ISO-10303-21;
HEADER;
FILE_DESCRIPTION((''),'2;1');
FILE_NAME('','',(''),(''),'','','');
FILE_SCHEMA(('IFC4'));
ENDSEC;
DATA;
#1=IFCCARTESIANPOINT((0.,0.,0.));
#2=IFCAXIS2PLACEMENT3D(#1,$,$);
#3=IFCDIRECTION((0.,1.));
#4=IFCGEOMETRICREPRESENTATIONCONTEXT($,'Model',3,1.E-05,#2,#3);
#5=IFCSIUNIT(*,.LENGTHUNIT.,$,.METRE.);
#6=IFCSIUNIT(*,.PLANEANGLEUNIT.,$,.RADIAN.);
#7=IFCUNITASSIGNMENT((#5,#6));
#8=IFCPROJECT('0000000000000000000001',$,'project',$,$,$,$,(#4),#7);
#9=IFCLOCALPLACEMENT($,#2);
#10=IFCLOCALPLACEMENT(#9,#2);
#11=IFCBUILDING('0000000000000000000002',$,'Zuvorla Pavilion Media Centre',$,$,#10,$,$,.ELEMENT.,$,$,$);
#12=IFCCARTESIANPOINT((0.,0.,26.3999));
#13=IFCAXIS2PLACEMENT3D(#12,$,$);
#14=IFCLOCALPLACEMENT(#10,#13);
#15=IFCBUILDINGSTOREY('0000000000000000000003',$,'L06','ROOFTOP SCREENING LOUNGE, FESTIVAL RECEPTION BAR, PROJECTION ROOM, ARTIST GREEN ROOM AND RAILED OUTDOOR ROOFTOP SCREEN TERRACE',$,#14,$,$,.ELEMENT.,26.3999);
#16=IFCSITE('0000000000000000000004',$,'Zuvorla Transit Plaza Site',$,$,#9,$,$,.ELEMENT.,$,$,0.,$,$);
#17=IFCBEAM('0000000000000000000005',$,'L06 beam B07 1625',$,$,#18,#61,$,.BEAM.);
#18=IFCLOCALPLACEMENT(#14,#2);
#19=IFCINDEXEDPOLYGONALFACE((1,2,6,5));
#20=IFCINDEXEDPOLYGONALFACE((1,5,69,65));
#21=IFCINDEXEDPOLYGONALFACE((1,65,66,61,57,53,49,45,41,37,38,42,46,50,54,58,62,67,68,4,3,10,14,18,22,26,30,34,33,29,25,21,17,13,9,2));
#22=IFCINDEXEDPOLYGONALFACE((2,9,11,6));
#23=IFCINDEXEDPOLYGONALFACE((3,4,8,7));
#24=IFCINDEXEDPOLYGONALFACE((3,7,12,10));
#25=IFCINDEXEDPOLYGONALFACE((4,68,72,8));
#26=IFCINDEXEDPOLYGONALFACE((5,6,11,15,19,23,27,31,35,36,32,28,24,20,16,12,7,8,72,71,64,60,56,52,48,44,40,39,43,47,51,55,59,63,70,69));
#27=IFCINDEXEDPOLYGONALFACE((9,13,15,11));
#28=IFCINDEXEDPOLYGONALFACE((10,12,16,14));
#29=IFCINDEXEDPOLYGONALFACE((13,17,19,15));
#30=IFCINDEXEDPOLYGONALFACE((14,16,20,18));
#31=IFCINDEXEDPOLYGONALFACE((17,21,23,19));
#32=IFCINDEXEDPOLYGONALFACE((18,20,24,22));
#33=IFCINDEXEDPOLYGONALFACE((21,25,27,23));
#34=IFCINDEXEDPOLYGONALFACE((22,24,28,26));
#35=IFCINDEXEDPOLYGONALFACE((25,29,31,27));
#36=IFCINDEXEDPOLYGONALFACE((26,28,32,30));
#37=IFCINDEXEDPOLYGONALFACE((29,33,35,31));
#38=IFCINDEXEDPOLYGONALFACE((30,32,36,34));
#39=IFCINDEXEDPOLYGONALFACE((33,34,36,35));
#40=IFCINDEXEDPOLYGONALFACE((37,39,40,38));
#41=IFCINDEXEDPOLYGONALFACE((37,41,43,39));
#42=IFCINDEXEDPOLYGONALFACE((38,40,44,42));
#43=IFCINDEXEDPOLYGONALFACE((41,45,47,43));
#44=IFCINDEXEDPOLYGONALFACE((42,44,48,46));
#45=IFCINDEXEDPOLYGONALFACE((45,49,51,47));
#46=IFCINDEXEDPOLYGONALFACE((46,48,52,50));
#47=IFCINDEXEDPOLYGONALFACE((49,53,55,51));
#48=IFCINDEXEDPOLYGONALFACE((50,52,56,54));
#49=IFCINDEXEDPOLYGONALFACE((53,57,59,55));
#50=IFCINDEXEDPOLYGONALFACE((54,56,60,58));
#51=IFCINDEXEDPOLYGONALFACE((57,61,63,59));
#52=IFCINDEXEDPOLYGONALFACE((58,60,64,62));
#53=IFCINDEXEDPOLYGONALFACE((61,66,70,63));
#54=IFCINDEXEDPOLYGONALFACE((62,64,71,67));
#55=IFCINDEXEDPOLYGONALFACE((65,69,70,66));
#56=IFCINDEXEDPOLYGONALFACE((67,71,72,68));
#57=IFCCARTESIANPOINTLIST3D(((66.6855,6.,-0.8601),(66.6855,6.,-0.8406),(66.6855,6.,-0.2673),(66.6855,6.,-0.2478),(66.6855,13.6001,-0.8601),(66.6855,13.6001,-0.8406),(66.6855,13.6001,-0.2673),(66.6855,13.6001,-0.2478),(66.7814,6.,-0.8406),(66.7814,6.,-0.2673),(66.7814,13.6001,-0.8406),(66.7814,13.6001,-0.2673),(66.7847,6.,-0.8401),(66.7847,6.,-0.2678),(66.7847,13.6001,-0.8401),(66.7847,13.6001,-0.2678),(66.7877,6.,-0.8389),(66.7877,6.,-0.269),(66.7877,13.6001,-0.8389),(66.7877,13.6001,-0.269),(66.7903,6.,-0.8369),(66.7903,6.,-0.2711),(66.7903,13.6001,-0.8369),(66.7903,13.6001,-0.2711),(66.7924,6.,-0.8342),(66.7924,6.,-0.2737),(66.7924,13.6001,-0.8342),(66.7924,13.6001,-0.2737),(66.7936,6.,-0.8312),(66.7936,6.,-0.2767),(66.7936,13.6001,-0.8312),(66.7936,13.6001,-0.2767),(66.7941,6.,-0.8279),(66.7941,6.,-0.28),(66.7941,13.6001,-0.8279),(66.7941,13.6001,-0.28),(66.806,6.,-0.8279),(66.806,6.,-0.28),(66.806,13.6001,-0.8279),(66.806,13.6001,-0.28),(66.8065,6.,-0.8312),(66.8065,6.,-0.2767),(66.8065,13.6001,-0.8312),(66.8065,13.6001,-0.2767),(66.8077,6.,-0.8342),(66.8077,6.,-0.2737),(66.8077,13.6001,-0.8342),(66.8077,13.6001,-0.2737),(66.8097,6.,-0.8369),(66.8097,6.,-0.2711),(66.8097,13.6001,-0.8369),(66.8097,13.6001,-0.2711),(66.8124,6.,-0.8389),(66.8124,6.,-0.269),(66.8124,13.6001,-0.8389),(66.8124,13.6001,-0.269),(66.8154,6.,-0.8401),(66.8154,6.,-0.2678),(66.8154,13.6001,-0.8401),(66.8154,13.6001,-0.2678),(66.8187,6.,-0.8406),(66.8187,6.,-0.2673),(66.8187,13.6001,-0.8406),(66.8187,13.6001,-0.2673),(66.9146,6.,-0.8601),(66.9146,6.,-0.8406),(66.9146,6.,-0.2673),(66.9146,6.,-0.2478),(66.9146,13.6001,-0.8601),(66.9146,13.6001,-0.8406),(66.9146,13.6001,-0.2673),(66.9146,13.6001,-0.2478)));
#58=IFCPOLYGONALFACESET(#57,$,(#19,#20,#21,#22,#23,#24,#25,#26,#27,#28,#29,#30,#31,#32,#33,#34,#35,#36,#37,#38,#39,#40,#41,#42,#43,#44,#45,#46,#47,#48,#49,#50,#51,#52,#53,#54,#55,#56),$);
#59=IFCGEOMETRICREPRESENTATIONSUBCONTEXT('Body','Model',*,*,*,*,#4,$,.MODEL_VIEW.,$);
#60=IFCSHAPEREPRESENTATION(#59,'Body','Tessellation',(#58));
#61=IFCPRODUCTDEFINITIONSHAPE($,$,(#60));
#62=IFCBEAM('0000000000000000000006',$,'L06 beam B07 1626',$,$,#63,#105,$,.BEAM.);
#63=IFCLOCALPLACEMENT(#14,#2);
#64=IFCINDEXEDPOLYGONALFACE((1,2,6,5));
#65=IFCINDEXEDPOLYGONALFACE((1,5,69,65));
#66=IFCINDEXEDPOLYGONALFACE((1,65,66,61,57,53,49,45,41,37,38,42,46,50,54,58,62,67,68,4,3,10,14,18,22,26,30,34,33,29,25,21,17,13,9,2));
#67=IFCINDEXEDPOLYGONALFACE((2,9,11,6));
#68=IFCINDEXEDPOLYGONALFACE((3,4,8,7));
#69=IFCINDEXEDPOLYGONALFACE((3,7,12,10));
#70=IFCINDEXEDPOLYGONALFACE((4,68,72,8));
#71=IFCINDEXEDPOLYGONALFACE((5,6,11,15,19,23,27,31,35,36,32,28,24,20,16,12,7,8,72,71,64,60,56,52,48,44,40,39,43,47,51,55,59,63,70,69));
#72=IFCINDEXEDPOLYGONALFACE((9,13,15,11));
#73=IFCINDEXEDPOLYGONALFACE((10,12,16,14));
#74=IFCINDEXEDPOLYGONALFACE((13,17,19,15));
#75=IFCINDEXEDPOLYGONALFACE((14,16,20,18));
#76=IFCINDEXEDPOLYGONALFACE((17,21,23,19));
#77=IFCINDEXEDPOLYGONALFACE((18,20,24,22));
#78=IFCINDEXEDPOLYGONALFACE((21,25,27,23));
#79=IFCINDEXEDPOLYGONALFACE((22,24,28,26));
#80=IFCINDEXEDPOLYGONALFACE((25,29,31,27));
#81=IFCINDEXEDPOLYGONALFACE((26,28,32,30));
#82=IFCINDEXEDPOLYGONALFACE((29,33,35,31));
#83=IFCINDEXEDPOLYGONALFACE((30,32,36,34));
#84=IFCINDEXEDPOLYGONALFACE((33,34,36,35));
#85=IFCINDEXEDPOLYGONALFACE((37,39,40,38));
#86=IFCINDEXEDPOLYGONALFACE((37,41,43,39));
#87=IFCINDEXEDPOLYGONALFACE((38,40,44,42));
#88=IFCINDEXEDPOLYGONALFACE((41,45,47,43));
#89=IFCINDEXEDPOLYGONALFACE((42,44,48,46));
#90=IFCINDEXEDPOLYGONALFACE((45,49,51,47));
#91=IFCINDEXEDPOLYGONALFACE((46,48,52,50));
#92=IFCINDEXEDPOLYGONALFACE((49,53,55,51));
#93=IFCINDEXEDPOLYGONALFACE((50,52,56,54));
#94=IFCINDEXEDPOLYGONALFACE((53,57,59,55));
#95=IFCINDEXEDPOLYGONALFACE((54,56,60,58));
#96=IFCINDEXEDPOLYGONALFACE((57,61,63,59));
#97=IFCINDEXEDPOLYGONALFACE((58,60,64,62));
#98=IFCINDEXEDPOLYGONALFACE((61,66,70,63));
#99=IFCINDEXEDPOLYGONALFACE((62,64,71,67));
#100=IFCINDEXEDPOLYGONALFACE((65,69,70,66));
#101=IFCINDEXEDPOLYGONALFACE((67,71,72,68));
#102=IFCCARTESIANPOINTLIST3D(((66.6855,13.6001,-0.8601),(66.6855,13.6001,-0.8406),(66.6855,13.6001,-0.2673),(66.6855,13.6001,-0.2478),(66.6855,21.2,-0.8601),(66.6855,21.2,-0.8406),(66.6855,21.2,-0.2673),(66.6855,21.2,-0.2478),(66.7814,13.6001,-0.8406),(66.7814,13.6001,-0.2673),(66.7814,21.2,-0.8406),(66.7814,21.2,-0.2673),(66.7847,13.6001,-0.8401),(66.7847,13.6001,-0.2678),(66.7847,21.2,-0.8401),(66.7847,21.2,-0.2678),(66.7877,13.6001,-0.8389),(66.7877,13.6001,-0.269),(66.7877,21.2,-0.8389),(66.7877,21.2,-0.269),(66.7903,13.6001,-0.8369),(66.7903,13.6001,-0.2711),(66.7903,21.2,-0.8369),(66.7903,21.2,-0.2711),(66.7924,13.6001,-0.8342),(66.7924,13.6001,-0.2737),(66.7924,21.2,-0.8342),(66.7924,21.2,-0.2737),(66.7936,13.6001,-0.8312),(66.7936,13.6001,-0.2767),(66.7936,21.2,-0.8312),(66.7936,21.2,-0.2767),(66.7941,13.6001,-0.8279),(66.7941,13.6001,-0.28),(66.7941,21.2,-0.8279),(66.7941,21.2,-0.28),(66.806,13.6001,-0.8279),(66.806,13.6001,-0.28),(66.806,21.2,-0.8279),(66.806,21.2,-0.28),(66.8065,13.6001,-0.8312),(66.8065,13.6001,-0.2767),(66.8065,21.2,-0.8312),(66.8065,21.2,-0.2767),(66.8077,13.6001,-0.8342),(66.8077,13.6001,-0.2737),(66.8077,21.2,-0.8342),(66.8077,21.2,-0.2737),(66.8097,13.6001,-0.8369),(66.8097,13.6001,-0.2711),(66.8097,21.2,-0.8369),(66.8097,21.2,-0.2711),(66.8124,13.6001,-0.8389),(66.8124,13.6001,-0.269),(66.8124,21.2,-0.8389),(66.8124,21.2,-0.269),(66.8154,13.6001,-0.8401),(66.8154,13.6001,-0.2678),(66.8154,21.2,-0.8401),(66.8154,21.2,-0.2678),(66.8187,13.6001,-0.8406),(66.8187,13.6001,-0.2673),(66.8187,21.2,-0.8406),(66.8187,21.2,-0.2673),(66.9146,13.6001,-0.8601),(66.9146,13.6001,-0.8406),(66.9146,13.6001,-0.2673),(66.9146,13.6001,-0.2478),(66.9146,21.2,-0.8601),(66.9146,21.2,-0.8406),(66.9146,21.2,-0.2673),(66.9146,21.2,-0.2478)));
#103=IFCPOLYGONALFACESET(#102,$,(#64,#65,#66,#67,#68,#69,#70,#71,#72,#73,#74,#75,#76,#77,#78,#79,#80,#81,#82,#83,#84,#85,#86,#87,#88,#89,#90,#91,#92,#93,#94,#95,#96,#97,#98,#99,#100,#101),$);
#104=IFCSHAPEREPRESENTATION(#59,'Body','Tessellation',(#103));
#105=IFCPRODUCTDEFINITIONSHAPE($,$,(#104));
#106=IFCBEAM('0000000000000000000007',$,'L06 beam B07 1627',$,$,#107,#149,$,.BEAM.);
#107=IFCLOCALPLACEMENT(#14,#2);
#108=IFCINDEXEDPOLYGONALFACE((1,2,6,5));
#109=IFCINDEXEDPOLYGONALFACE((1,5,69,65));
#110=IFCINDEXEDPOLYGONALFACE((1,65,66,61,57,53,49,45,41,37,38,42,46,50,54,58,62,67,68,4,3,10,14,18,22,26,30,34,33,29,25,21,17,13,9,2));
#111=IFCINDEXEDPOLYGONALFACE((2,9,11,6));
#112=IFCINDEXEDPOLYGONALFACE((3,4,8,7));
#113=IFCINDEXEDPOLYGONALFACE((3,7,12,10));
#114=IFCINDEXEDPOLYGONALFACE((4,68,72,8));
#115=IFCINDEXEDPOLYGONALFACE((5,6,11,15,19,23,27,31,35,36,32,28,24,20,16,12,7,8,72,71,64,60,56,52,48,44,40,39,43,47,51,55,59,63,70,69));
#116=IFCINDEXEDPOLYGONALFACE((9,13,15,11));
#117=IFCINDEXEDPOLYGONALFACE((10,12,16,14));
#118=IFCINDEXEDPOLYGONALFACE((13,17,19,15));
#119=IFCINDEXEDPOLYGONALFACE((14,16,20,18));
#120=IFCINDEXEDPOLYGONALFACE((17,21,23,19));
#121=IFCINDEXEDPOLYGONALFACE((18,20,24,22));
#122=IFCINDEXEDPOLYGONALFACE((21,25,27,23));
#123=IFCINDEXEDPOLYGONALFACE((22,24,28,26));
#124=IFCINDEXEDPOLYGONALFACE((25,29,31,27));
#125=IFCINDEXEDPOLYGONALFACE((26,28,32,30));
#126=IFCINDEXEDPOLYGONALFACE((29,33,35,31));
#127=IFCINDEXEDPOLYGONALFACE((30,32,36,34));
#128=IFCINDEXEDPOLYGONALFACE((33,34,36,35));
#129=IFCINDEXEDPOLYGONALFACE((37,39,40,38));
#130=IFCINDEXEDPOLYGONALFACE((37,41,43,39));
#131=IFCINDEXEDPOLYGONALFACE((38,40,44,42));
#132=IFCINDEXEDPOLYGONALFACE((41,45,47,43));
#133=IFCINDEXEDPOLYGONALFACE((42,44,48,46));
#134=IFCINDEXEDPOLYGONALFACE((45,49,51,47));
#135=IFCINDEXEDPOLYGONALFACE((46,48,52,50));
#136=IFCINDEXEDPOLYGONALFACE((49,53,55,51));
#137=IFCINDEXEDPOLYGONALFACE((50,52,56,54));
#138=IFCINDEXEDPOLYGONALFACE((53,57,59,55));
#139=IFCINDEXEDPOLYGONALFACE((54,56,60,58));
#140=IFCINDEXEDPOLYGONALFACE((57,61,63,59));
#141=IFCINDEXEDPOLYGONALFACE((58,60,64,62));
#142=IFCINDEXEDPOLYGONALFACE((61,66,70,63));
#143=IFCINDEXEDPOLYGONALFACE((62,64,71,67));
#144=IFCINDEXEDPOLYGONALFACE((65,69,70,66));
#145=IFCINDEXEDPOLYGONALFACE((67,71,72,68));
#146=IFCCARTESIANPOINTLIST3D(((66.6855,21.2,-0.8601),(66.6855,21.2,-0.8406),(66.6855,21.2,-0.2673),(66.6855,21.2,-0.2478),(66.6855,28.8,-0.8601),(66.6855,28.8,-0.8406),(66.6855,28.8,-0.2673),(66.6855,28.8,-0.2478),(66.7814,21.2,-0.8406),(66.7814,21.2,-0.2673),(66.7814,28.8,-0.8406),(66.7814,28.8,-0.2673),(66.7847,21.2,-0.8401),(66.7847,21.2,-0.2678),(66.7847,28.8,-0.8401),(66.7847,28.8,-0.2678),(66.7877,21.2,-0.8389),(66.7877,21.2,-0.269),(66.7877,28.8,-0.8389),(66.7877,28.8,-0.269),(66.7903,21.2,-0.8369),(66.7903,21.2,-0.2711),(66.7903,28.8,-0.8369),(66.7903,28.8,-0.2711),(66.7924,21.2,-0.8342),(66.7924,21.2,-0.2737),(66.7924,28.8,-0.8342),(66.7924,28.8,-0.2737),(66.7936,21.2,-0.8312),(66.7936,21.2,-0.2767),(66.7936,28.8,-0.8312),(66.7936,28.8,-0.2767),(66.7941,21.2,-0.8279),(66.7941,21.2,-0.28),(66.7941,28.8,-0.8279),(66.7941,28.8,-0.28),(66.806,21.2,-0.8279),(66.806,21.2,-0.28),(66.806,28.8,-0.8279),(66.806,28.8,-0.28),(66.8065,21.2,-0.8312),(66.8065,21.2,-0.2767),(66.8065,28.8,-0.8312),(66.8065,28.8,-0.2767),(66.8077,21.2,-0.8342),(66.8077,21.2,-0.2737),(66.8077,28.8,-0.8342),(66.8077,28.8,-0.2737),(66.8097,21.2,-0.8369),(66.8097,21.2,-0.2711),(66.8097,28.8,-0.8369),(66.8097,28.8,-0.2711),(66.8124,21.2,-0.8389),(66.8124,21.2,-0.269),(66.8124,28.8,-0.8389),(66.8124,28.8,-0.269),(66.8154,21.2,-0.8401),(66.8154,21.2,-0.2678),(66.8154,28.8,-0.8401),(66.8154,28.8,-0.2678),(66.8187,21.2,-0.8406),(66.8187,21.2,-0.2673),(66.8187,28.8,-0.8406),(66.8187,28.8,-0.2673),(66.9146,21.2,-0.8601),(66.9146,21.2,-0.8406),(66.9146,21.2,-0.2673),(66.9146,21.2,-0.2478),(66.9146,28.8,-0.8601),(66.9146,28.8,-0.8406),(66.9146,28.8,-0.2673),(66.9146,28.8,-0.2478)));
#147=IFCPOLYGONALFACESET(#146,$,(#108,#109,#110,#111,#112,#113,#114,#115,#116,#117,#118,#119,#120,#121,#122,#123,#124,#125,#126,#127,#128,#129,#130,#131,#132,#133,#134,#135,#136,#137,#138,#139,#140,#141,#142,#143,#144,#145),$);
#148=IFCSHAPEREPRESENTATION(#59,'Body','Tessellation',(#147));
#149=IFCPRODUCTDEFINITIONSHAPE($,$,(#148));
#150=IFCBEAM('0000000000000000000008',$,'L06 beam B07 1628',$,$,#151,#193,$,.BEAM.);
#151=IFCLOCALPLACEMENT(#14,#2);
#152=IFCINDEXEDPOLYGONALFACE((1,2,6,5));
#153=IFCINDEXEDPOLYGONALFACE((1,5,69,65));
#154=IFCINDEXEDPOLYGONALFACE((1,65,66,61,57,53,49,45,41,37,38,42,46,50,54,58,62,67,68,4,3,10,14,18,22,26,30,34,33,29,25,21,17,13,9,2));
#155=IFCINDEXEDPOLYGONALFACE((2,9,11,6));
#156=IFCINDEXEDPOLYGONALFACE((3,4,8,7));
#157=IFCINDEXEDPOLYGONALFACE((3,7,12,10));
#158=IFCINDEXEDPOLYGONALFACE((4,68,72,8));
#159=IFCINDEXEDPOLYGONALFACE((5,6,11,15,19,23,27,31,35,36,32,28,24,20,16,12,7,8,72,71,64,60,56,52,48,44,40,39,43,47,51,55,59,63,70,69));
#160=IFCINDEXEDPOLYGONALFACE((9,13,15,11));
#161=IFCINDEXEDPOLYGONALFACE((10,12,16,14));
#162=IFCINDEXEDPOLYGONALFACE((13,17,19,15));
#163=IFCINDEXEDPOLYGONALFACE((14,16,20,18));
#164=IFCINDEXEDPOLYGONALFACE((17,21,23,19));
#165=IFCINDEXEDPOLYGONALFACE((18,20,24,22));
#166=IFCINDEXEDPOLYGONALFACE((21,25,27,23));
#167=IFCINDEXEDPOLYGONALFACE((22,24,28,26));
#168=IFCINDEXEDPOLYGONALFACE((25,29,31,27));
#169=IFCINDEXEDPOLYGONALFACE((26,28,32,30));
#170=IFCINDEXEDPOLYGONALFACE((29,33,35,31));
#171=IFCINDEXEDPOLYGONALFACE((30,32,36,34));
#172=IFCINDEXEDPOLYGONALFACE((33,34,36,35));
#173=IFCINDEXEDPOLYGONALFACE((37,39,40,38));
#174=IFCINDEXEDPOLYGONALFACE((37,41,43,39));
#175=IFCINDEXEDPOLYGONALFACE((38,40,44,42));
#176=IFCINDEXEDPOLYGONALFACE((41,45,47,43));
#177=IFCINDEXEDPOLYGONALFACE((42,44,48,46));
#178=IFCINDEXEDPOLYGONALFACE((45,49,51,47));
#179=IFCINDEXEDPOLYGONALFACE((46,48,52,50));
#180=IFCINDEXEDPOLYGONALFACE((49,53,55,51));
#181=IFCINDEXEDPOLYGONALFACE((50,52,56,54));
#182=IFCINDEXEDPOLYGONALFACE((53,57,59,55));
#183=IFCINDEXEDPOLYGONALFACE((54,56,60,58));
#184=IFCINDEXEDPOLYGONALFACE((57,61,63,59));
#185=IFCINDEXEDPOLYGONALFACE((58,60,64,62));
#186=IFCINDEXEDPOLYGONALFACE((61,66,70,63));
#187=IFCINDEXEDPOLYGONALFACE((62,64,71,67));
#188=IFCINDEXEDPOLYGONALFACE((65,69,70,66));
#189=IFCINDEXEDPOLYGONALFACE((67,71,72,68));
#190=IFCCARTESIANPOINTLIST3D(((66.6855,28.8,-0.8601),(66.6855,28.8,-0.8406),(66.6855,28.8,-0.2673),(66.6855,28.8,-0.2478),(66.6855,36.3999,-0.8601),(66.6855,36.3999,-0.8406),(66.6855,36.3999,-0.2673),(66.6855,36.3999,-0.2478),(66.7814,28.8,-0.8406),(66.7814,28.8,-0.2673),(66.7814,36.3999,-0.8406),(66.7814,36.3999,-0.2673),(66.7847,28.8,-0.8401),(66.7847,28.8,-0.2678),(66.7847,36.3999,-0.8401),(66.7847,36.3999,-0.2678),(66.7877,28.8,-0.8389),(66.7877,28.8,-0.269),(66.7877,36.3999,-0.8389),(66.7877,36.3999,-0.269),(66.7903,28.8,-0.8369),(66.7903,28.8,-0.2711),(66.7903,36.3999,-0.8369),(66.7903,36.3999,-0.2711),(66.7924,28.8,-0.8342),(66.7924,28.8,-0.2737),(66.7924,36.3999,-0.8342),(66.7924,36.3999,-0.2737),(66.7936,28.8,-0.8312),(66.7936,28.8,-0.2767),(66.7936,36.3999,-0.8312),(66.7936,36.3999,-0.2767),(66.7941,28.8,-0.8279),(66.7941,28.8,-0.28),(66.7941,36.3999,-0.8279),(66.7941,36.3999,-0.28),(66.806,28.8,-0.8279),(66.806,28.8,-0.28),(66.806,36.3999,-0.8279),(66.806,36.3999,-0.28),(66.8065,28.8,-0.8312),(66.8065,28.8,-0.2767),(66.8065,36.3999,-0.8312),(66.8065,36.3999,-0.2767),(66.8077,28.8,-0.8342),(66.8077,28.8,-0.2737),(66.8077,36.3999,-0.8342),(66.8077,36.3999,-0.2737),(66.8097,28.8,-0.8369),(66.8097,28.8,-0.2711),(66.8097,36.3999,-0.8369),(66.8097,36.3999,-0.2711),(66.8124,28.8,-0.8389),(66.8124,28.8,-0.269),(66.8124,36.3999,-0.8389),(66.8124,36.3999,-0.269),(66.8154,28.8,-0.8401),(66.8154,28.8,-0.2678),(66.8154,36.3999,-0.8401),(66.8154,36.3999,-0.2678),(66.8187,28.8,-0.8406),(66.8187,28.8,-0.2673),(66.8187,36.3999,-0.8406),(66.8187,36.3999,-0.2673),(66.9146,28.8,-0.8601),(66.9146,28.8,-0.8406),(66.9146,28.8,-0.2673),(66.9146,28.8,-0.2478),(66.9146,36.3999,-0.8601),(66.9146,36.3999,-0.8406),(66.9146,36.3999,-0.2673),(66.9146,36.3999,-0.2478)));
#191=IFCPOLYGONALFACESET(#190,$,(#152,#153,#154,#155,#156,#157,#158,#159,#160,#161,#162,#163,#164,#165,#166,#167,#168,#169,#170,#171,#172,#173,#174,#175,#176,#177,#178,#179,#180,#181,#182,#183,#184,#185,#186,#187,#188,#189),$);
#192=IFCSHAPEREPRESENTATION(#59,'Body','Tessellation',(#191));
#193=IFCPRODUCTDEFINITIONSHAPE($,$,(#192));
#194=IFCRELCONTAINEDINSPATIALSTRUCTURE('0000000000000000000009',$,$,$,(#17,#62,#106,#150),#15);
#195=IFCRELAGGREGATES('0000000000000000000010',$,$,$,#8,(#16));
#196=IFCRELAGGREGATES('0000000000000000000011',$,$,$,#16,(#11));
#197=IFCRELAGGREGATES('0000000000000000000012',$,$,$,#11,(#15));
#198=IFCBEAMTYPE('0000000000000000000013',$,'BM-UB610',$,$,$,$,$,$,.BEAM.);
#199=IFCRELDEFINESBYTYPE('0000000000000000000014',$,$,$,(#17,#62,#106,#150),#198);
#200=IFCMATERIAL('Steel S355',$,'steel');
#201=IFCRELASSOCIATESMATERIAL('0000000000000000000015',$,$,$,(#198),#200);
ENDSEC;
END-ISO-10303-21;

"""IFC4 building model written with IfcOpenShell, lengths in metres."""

from ifc_helpers import new_model, si_unit, direction, frame, origin, origin_2d, place, context, subcontext, project, spatial, i_section, extrude, material, material_profile, profile_set, type_object, element, save


model = new_model("IFC4")

# Units and contexts
model_context = context("Model", 3, precision=1e-05, world=origin(), true_north=direction((0.0, 1.0)))
body_context = subcontext(model_context, "Body", "Model", "MODEL_VIEW")
ifc_project = project(units=[si_unit("LENGTHUNIT", "METRE"), si_unit("PLANEANGLEUNIT", "RADIAN")], contexts=[model_context])

# Site, building, storey
site_placement = place(None, origin())
site = spatial("IfcSite", under=ifc_project, at=site_placement, Name="Zuvorla Transit Plaza Site", CompositionType="ELEMENT", RefElevation=0.0)
building_placement = place(site_placement, origin())
building = spatial("IfcBuilding", under=site, at=building_placement, Name="Zuvorla Pavilion Media Centre", CompositionType="ELEMENT")
storey_placement = place(building_placement, frame((0.0, 0.0, 26.3999)))
storey = spatial("IfcBuildingStorey", under=building, at=storey_placement, Name="L06", Description="ROOFTOP SCREENING LOUNGE, FESTIVAL RECEPTION BAR, PROJECTION ROOM, ARTIST GREEN ROOM AND RAILED OUTDOOR ROOFTOP SCREEN TERRACE", CompositionType="ELEMENT", Elevation=26.3999)

# Shared definitions
ifc_material_1 = material(Name="Steel S355", Category="steel")

# Beams
ifc_material_profile_1 = material_profile(ifc_material_1, i_section(OverallWidth=0.229, OverallDepth=0.6123, WebThickness=0.012, FlangeThickness=0.0195, FilletRadius=0.0127, at=origin_2d()), Name="UB 610x229x125")
ifc_profile_set_1 = profile_set([ifc_material_profile_1], Name="Steel S355")
beam_type_1 = type_object("IfcBeamType", Name="BM-UB610", PredefinedType="BEAM", material=ifc_profile_set_1)
beam_1_placement = place(storey_placement, frame((66.8, 6.0, -0.554), z_axis=(0.0, 1.0, 0.0), x_axis=(-1.0, 0.0, 0.0)))
element("IfcBeam", 1, at=beam_1_placement, inside=storey, type_object=beam_type_1, Name="L06 beam B07 1625", PredefinedType="BEAM", context=body_context, shape_type="SweptSolid", body=[
    extrude(i_section(OverallWidth=0.229, OverallDepth=0.6123, WebThickness=0.012, FlangeThickness=0.0195, FilletRadius=0.0127, at=origin_2d()), origin(), (0.0, 0.0, 1.0), 7.6001),
])
beam_2_placement = place(storey_placement, frame((66.8, 13.6001, -0.554), z_axis=(0.0, 1.0, 0.0), x_axis=(-1.0, 0.0, 0.0)))
element("IfcBeam", 2, at=beam_2_placement, inside=storey, type_object=beam_type_1, Name="L06 beam B07 1626", PredefinedType="BEAM", context=body_context, shape_type="SweptSolid", body=[
    extrude(i_section(OverallWidth=0.229, OverallDepth=0.6123, WebThickness=0.012, FlangeThickness=0.0195, FilletRadius=0.0127, at=origin_2d()), origin(), (0.0, 0.0, 1.0), 7.5999),
])
beam_3_placement = place(storey_placement, frame((66.8, 21.2, -0.554), z_axis=(0.0, 1.0, 0.0), x_axis=(-1.0, 0.0, 0.0)))
element("IfcBeam", 3, at=beam_3_placement, inside=storey, type_object=beam_type_1, Name="L06 beam B07 1627", PredefinedType="BEAM", context=body_context, shape_type="SweptSolid", body=[
    extrude(i_section(OverallWidth=0.229, OverallDepth=0.6123, WebThickness=0.012, FlangeThickness=0.0195, FilletRadius=0.0127, at=origin_2d()), origin(), (0.0, 0.0, 1.0), 7.6001),
])
beam_4_placement = place(storey_placement, frame((66.8, 28.8, -0.554), z_axis=(0.0, 1.0, 0.0), x_axis=(-1.0, 0.0, 0.0)))
element("IfcBeam", 4, at=beam_4_placement, inside=storey, type_object=beam_type_1, Name="L06 beam B07 1628", PredefinedType="BEAM", context=body_context, shape_type="SweptSolid", body=[
    extrude(i_section(OverallWidth=0.229, OverallDepth=0.6123, WebThickness=0.012, FlangeThickness=0.0195, FilletRadius=0.0127, at=origin_2d()), origin(), (0.0, 0.0, 1.0), 7.5999),
])

save(model, "model.ifc")
